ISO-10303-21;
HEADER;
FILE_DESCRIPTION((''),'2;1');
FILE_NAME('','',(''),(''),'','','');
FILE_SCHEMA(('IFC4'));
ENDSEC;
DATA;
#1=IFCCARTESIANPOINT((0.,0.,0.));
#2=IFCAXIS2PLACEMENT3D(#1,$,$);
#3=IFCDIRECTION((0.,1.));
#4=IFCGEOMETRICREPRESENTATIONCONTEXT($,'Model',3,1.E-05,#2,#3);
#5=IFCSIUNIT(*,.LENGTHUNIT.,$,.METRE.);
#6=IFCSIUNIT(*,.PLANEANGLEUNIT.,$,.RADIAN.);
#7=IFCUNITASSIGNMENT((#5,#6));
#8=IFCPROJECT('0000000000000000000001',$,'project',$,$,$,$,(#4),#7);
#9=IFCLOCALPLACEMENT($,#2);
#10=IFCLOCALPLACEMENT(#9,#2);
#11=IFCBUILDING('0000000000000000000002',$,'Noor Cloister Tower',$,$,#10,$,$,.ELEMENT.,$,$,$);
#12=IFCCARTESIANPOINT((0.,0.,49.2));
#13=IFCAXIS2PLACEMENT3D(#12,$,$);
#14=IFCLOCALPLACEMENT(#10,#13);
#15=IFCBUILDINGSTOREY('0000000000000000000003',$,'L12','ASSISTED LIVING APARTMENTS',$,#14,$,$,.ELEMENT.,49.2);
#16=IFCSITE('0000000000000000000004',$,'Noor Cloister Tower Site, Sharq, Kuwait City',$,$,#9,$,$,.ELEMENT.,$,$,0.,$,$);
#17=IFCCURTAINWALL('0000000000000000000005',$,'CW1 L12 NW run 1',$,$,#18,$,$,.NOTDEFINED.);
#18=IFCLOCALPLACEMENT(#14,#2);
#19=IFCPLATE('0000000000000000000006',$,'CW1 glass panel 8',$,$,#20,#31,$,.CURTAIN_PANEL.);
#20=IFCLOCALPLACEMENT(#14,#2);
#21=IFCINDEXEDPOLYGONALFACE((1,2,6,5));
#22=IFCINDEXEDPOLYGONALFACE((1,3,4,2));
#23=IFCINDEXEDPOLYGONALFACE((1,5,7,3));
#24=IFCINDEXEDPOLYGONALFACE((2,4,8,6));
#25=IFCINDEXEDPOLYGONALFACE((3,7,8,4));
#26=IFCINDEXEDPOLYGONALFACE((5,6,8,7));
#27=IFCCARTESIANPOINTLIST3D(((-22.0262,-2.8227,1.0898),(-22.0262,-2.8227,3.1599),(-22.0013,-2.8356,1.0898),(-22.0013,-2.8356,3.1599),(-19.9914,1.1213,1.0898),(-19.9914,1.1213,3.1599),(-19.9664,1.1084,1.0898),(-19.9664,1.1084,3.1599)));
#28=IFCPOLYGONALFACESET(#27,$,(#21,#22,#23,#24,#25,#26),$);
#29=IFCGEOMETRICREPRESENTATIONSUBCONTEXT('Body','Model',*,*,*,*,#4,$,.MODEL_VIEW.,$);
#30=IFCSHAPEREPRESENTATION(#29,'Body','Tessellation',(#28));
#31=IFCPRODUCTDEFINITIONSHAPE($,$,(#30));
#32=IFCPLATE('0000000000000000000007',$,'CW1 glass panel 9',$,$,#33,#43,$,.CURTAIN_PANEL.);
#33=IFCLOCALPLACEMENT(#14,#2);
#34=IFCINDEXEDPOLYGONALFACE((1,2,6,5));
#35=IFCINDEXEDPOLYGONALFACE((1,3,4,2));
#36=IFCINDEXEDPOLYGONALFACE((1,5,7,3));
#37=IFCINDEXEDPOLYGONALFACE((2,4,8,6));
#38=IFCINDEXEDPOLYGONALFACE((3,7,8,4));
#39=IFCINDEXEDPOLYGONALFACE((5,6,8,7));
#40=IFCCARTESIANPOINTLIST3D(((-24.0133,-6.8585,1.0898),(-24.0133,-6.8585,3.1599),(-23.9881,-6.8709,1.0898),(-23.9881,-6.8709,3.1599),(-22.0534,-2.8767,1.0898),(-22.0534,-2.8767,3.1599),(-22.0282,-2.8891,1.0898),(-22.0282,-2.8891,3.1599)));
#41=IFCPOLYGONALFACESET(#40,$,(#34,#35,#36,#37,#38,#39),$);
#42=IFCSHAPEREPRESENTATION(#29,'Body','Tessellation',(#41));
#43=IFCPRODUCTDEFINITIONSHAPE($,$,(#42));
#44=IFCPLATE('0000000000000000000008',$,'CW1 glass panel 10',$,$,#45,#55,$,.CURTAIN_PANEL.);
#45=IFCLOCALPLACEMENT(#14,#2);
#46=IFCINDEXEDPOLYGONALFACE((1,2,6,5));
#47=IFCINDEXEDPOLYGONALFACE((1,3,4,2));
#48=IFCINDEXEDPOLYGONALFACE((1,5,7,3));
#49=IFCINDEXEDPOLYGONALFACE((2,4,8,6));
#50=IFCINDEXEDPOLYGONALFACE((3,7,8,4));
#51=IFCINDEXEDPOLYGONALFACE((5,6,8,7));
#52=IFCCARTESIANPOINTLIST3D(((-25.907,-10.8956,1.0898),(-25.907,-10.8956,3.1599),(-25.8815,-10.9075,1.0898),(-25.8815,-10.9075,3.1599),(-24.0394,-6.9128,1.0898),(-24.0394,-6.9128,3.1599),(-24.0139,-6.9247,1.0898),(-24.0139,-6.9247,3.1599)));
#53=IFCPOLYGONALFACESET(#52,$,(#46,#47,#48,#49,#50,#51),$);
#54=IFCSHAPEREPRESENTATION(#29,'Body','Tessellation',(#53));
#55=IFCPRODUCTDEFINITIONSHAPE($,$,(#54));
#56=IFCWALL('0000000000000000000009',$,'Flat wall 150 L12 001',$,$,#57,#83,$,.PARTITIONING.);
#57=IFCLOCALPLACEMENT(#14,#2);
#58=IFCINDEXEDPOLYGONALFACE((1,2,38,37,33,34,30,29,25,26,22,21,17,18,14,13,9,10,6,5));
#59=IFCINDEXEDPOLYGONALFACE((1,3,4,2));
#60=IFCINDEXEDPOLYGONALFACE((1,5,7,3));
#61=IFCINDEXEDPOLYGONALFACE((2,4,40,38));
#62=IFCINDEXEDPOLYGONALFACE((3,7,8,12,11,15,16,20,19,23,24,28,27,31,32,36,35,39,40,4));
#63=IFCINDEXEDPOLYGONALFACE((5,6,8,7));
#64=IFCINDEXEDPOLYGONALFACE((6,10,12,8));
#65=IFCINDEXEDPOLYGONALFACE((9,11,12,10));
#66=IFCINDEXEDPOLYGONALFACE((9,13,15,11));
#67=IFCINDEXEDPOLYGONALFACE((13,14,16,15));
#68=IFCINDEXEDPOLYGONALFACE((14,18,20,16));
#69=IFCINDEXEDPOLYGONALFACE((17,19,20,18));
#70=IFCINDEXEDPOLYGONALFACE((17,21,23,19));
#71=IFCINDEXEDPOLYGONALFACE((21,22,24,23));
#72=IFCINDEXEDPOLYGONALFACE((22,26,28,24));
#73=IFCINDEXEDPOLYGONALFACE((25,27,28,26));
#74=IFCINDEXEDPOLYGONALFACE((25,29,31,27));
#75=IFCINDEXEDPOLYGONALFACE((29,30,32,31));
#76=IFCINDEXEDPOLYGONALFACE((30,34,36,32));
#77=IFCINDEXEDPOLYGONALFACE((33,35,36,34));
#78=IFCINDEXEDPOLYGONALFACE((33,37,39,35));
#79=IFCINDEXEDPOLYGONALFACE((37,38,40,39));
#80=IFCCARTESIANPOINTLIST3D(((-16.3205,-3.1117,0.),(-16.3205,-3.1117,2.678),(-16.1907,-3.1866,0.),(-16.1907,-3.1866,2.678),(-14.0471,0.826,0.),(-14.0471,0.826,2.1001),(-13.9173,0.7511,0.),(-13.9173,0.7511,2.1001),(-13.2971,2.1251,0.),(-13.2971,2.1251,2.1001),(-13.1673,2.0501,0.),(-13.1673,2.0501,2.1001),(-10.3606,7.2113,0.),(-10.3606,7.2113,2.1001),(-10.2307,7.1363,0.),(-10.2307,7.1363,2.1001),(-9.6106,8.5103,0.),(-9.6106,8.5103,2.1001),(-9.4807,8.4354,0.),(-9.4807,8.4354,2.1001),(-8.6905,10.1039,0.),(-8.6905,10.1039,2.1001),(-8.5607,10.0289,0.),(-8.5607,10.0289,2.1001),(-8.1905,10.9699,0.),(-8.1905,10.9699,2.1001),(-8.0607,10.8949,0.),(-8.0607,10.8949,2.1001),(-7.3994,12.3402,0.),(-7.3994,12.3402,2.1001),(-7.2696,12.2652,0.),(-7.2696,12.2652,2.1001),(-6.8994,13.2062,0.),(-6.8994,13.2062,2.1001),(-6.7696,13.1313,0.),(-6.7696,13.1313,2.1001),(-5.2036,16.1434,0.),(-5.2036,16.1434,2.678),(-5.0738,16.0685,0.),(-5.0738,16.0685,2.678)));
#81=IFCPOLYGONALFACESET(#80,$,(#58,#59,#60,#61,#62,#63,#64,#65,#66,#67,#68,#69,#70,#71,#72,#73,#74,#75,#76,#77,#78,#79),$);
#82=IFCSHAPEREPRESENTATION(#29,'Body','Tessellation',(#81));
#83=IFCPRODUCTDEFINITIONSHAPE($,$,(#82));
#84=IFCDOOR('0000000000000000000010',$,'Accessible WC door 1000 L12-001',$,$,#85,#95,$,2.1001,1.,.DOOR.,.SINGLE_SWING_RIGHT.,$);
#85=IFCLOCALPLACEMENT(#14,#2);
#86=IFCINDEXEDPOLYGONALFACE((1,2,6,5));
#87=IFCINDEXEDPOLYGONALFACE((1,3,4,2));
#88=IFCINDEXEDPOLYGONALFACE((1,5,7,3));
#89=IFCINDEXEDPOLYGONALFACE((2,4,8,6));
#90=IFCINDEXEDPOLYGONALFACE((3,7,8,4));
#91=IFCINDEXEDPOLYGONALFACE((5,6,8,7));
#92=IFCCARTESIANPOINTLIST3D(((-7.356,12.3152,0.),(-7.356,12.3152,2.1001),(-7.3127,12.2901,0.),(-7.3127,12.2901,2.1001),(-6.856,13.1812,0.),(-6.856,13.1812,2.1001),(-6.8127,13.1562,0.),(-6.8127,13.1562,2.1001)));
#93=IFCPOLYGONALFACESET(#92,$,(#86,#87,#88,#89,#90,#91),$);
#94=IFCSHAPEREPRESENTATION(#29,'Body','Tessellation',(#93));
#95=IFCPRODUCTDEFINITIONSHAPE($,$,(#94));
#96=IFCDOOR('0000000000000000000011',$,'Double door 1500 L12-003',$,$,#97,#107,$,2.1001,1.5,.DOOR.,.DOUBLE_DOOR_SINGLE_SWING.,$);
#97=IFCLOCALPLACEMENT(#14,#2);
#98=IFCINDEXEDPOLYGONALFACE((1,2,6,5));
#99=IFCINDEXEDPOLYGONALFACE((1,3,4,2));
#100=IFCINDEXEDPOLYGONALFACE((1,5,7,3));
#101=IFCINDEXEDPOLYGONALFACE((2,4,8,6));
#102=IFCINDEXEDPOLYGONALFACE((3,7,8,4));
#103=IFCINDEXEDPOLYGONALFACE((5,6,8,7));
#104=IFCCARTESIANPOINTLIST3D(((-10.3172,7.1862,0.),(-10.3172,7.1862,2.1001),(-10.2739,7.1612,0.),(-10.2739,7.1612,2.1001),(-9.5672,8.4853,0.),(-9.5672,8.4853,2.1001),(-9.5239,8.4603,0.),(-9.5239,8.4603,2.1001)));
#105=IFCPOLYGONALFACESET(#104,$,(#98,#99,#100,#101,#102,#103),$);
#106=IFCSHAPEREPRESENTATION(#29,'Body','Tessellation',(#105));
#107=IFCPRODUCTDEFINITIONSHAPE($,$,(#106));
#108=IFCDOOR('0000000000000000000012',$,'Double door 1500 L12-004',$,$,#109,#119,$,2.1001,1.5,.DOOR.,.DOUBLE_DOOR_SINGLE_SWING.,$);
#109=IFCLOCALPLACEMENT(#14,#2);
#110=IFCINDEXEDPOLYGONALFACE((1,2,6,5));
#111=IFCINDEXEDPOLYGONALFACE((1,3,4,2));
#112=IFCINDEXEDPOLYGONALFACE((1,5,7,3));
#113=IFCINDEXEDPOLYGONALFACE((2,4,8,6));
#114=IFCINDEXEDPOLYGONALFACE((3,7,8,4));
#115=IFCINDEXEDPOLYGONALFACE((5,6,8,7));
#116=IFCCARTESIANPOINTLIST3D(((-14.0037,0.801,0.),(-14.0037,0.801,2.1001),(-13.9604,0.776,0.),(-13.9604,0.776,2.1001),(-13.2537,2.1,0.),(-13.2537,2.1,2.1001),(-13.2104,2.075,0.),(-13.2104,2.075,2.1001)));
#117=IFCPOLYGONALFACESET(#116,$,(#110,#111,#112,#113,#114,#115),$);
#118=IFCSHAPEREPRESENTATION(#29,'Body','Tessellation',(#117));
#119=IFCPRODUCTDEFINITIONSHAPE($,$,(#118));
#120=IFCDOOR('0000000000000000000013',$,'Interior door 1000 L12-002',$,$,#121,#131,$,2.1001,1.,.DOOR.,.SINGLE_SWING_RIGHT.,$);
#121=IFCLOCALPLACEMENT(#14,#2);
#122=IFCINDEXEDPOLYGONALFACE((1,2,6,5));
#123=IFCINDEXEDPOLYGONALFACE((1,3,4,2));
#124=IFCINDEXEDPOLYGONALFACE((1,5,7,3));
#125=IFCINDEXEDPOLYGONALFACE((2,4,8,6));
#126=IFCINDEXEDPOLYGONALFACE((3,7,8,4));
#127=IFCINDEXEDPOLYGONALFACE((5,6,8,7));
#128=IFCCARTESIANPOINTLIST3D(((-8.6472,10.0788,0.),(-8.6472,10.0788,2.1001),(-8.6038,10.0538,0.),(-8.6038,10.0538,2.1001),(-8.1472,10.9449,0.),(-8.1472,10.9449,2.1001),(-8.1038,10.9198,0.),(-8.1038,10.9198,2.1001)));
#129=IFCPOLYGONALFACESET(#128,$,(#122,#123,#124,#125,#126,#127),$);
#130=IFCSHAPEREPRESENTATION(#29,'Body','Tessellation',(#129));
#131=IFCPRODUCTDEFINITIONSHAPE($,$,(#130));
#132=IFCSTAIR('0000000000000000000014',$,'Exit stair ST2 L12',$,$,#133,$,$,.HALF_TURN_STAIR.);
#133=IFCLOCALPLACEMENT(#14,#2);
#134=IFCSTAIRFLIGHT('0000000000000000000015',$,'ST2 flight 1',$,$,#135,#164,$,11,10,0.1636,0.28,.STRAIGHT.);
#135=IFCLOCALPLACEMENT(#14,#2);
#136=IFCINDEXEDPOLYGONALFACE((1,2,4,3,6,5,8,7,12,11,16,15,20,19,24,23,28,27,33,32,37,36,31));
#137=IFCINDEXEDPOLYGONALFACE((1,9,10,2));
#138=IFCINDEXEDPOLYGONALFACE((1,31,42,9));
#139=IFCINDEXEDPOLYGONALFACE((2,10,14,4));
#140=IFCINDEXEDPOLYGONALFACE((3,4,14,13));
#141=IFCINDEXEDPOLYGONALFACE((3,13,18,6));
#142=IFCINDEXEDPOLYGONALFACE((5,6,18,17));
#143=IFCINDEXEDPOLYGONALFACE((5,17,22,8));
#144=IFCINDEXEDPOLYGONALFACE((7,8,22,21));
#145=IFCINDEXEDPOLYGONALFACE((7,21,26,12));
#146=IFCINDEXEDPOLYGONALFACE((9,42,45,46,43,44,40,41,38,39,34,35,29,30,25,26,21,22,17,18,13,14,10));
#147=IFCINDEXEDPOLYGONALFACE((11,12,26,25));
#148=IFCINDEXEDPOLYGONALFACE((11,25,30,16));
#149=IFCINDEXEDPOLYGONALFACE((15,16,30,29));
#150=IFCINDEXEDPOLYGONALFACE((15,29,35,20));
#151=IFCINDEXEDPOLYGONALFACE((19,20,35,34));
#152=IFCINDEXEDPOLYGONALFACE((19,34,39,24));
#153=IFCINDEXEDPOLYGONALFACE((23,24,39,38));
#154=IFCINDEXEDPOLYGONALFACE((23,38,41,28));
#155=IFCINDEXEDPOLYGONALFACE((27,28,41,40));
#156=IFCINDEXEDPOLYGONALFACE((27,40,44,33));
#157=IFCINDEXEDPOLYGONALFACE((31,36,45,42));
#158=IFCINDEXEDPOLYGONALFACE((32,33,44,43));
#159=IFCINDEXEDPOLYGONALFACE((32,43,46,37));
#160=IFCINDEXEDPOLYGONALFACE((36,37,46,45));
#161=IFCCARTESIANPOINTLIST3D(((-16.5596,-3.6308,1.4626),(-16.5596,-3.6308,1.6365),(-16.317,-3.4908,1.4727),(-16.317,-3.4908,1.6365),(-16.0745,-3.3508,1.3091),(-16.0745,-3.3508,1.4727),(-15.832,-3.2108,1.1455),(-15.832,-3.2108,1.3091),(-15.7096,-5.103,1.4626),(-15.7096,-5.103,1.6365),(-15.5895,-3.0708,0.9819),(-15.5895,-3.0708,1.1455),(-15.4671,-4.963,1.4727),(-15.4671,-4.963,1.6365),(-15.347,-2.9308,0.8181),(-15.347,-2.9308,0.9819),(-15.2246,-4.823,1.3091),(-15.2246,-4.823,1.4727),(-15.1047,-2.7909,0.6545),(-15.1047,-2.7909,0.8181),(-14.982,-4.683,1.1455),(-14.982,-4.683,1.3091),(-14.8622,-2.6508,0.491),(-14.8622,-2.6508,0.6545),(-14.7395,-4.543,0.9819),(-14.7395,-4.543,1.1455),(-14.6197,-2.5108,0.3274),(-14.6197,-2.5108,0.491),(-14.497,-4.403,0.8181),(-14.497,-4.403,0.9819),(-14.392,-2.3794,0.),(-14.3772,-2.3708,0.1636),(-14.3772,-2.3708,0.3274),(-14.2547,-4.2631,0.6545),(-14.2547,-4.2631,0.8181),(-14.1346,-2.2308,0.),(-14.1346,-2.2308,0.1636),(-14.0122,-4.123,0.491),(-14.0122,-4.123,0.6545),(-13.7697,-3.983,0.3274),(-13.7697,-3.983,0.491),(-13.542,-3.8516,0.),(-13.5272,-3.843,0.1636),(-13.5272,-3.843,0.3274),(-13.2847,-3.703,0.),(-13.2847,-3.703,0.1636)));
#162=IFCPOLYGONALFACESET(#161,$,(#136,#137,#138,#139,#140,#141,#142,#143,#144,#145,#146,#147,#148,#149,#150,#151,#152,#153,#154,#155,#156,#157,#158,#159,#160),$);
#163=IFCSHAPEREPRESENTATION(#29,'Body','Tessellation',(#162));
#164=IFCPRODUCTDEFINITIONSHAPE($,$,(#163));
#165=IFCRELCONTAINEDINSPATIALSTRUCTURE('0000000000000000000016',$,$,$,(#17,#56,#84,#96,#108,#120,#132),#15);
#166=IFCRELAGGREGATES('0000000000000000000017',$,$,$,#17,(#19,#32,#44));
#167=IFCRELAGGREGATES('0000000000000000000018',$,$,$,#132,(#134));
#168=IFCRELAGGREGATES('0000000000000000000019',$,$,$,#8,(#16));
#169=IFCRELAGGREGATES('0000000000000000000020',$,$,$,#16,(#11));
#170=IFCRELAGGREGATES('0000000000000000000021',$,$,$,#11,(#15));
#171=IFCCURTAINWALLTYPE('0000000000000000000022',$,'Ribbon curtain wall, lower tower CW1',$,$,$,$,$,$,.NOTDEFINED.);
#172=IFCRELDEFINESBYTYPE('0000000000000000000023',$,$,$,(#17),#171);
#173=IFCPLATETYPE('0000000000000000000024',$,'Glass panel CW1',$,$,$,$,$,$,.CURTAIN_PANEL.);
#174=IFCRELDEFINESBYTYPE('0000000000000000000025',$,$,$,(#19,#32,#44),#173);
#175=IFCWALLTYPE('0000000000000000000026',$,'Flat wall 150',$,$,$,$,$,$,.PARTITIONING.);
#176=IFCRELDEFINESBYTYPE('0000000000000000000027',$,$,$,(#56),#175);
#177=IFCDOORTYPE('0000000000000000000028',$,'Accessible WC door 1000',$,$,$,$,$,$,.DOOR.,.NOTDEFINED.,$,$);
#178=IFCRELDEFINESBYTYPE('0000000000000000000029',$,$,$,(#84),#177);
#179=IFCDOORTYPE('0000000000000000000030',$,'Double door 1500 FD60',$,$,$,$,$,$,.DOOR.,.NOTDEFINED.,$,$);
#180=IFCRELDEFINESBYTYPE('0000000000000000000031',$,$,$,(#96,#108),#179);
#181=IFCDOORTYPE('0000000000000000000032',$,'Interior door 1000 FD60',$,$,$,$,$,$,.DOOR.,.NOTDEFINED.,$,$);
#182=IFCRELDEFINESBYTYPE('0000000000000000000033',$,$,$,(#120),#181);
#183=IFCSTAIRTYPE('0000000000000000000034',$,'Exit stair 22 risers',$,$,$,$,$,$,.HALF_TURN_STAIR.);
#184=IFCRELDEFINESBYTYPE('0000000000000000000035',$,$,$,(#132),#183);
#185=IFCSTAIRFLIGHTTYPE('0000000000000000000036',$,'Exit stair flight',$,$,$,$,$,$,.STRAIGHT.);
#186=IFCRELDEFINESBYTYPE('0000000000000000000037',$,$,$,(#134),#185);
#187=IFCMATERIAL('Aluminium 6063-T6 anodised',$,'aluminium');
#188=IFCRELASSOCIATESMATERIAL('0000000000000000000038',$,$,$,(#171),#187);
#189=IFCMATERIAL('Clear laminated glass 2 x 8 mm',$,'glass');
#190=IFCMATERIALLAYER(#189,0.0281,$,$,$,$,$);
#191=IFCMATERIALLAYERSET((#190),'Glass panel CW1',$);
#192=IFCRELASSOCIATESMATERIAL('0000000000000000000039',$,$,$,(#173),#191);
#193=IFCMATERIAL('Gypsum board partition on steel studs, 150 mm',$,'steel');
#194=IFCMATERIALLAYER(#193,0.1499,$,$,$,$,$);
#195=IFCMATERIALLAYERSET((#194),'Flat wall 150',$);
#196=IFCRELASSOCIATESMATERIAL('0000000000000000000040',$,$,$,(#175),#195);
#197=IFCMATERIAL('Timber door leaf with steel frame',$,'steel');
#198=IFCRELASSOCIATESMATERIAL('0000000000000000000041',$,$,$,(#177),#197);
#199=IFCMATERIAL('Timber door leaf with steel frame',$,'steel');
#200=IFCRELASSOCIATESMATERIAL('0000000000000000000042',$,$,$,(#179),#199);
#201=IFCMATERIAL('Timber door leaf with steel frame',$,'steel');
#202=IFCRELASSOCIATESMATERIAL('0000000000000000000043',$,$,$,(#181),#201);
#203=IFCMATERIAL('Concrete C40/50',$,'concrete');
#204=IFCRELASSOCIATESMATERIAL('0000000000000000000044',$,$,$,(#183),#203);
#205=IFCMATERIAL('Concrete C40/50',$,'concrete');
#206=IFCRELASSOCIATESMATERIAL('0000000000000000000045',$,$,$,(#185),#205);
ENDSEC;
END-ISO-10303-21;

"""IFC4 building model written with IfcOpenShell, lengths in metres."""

from ifc_helpers import new_model, si_unit, direction, frame, frame_2d, origin, origin_2d, place, context, subcontext, project, spatial, polyline, rectangle, outline, extrude, material, layer, layer_set, type_object, element, fill, aggregate, save


model = new_model("IFC4")

# Units and contexts
model_context = context("Model", 3, precision=1e-05, world=origin(), true_north=direction((0.0, 1.0)))
body_context = subcontext(model_context, "Body", "Model", "MODEL_VIEW")
ifc_project = project(units=[si_unit("LENGTHUNIT", "METRE"), si_unit("PLANEANGLEUNIT", "RADIAN")], contexts=[model_context])

# Site, building, storey
site_placement = place(None, origin())
site = spatial("IfcSite", under=ifc_project, at=site_placement, Name="Noor Cloister Tower Site, Sharq, Kuwait City", CompositionType="ELEMENT", RefElevation=0.0)
building_placement = place(site_placement, origin())
building = spatial("IfcBuilding", under=site, at=building_placement, Name="Noor Cloister Tower", CompositionType="ELEMENT")
storey_placement = place(building_placement, frame((0.0, 0.0, 49.2)))
storey = spatial("IfcBuildingStorey", under=building, at=storey_placement, Name="L12", Description="ASSISTED LIVING APARTMENTS", CompositionType="ELEMENT", Elevation=49.2)

# Curtain wall
ifc_material_1 = material(Name="Aluminium 6063-T6 anodised", Category="aluminium")
curtain_wall_type = type_object("IfcCurtainWallType", Name="Ribbon curtain wall, lower tower CW1", PredefinedType="NOTDEFINED", material=ifc_material_1)
curtain_wall_placement = place(storey_placement, origin())
curtain_wall = element("IfcCurtainWall", 1, at=curtain_wall_placement, inside=storey, type_object=curtain_wall_type, Name="CW1 L12 NW run 1", PredefinedType="NOTDEFINED")

# Plates
ifc_material_2 = material(Name="Clear laminated glass 2 x 8 mm", Category="glass")
ifc_layer_1 = layer(ifc_material_2, 0.0281)
ifc_layer_set_1 = layer_set([ifc_layer_1], Name="Glass panel CW1")
plate_type = type_object("IfcPlateType", Name="Glass panel CW1", PredefinedType="CURTAIN_PANEL", material=ifc_layer_set_1)
plate_1_placement = place(storey_placement, frame((-20.9963, -0.8572, 1.0898), z_axis=(0.0, 0.0, 1.0), x_axis=(-0.458502, -0.888693, 0.0)))
plate_1 = element("IfcPlate", 2, at=plate_1_placement, type_object=plate_type, Name="CW1 glass panel 8", PredefinedType="CURTAIN_PANEL", context=body_context, shape_type="SweptSolid", body=[
    extrude(rectangle(XDim=4.438, YDim=0.0281, at=origin_2d()), origin(), (0.0, 0.0, 1.0), 2.0701),
])
plate_2_placement = place(storey_placement, frame((-23.0208, -4.8738, 1.0898), z_axis=(0.0, 0.0, 1.0), x_axis=(-0.441611, -0.897207, 0.0)))
plate_2 = element("IfcPlate", 3, at=plate_2_placement, type_object=plate_type, Name="CW1 glass panel 9", PredefinedType="CURTAIN_PANEL", context=body_context, shape_type="SweptSolid", body=[
    extrude(rectangle(XDim=4.438, YDim=0.0281, at=origin_2d()), origin(), (0.0, 0.0, 1.0), 2.0701),
])
plate_3_placement = place(storey_placement, frame((-24.9604, -8.9102, 1.0898), z_axis=(0.0, 0.0, 1.0), x_axis=(-0.424561, -0.905399, 0.0)))
plate_3 = element("IfcPlate", 4, at=plate_3_placement, type_object=plate_type, Name="CW1 glass panel 10", PredefinedType="CURTAIN_PANEL", context=body_context, shape_type="SweptSolid", body=[
    extrude(rectangle(XDim=4.3989, YDim=0.0281, at=origin_2d()), origin(), (0.0, 0.0, 1.0), 2.0701),
])
aggregate(curtain_wall, [plate_1, plate_2, plate_3])

# Wall, openings, doors
ifc_material_3 = material(Name="Gypsum board partition on steel studs, 150 mm", Category="steel")
ifc_layer_2 = layer(ifc_material_3, 0.1499)
ifc_layer_set_2 = layer_set([ifc_layer_2], Name="Flat wall 150")
wall_type = type_object("IfcWallType", Name="Flat wall 150", PredefinedType="PARTITIONING", material=ifc_layer_set_2)
wall_placement = place(storey_placement, frame((-16.2556, -3.1492, 0.0), z_axis=(0.0, 0.0, 1.0), x_axis=(0.5, 0.866026, 0.0)))
wall = element("IfcWall", 5, at=wall_placement, inside=storey, type_object=wall_type, Name="Flat wall 150 L12 001", PredefinedType="PARTITIONING", context=body_context, shape_type="SweptSolid", body=[
    extrude(rectangle(XDim=22.2339, YDim=0.1499, at=frame_2d((11.1169, 0.0))), origin(), (0.0, 0.0, 1.0), 2.678),
])
opening_1_placement = place(wall_placement, frame((17.8423, 0.0, 0.0)))
opening_1 = element("IfcOpeningElement", 6, at=opening_1_placement, cuts=wall, PredefinedType="OPENING", context=body_context, shape_type="SweptSolid", body=[
    extrude(rectangle(XDim=1.0, YDim=2.1001, at=frame_2d((0.5, 1.05))), frame((0.0, 0.085, 0.0), z_axis=(0.0, -1.0, 0.0), x_axis=(1.0, 0.0, 0.0)), (0.0, 0.0, 1.0), 0.1699),
])
opening_2_placement = place(wall_placement, frame((15.26, 0.0, 0.0)))
opening_2 = element("IfcOpeningElement", 7, at=opening_2_placement, cuts=wall, PredefinedType="OPENING", context=body_context, shape_type="SweptSolid", body=[
    extrude(rectangle(XDim=1.0, YDim=2.1001, at=frame_2d((0.5, 1.05))), frame((0.0, 0.085, 0.0), z_axis=(0.0, -1.0, 0.0), x_axis=(1.0, 0.0, 0.0)), (0.0, 0.0, 1.0), 0.1699),
])
opening_3_placement = place(wall_placement, frame((11.9199, 0.0, 0.0)))
opening_3 = element("IfcOpeningElement", 8, at=opening_3_placement, cuts=wall, PredefinedType="OPENING", context=body_context, shape_type="SweptSolid", body=[
    extrude(rectangle(XDim=1.5, YDim=2.1001, at=frame_2d((0.75, 1.05))), frame((0.0, 0.085, 0.0), z_axis=(0.0, -1.0, 0.0), x_axis=(1.0, 0.0, 0.0)), (0.0, 0.0, 1.0), 0.1699),
])
opening_4_placement = place(wall_placement, frame((4.5469, 0.0, 0.0)))
opening_4 = element("IfcOpeningElement", 9, at=opening_4_placement, cuts=wall, PredefinedType="OPENING", context=body_context, shape_type="SweptSolid", body=[
    extrude(rectangle(XDim=1.5, YDim=2.1001, at=frame_2d((0.75, 1.05))), frame((0.0, 0.085, 0.0), z_axis=(0.0, -1.0, 0.0), x_axis=(1.0, 0.0, 0.0)), (0.0, 0.0, 1.0), 0.1699),
])
ifc_material_4 = material(Name="Timber door leaf with steel frame", Category="steel")
door_type_1 = type_object("IfcDoorType", Name="Accessible WC door 1000", OperationType="NOTDEFINED", PredefinedType="DOOR", material=ifc_material_4)
door_1_placement = place(opening_1_placement, origin())
door_1 = element("IfcDoor", 10, at=door_1_placement, inside=storey, type_object=door_type_1, Name="Accessible WC door 1000 L12-001", OperationType="SINGLE_SWING_RIGHT", OverallHeight=2.1001, OverallWidth=1.0, PredefinedType="DOOR", context=body_context, shape_type="SweptSolid", body=[
    extrude(rectangle(XDim=1.0, YDim=2.1001, at=frame_2d((0.5, 1.05))), frame((0.0, 0.0249, 0.0), z_axis=(0.0, -1.0, 0.0), x_axis=(1.0, 0.0, 0.0)), (0.0, 0.0, 1.0), 0.05),
])
fill(opening_1, door_1)
ifc_material_5 = material(Name="Timber door leaf with steel frame", Category="steel")
door_type_2 = type_object("IfcDoorType", Name="Double door 1500 FD60", OperationType="NOTDEFINED", PredefinedType="DOOR", material=ifc_material_5)
door_2_placement = place(opening_3_placement, origin())
door_2 = element("IfcDoor", 11, at=door_2_placement, inside=storey, type_object=door_type_2, Name="Double door 1500 L12-003", OperationType="DOUBLE_DOOR_SINGLE_SWING", OverallHeight=2.1001, OverallWidth=1.5, PredefinedType="DOOR", context=body_context, shape_type="SweptSolid", body=[
    extrude(rectangle(XDim=1.5, YDim=2.1001, at=frame_2d((0.75, 1.05))), frame((0.0, 0.0249, 0.0), z_axis=(0.0, -1.0, 0.0), x_axis=(1.0, 0.0, 0.0)), (0.0, 0.0, 1.0), 0.05),
])
fill(opening_3, door_2)
door_3_placement = place(opening_4_placement, origin())
door_3 = element("IfcDoor", 12, at=door_3_placement, inside=storey, type_object=door_type_2, Name="Double door 1500 L12-004", OperationType="DOUBLE_DOOR_SINGLE_SWING", OverallHeight=2.1001, OverallWidth=1.5, PredefinedType="DOOR", context=body_context, shape_type="SweptSolid", body=[
    extrude(rectangle(XDim=1.5, YDim=2.1001, at=frame_2d((0.75, 1.05))), frame((0.0, 0.0249, 0.0), z_axis=(0.0, -1.0, 0.0), x_axis=(1.0, 0.0, 0.0)), (0.0, 0.0, 1.0), 0.05),
])
fill(opening_4, door_3)
ifc_material_6 = material(Name="Timber door leaf with steel frame", Category="steel")
door_type_3 = type_object("IfcDoorType", Name="Interior door 1000 FD60", OperationType="NOTDEFINED", PredefinedType="DOOR", material=ifc_material_6)
door_4_placement = place(opening_2_placement, origin())
door_4 = element("IfcDoor", 13, at=door_4_placement, inside=storey, type_object=door_type_3, Name="Interior door 1000 L12-002", OperationType="SINGLE_SWING_RIGHT", OverallHeight=2.1001, OverallWidth=1.0, PredefinedType="DOOR", context=body_context, shape_type="SweptSolid", body=[
    extrude(rectangle(XDim=1.0, YDim=2.1001, at=frame_2d((0.5, 1.05))), frame((0.0, 0.0249, 0.0), z_axis=(0.0, -1.0, 0.0), x_axis=(1.0, 0.0, 0.0)), (0.0, 0.0, 1.0), 0.05),
])
fill(opening_2, door_4)

# Stair, stair flight
ifc_material_7 = material(Name="Concrete C40/50", Category="concrete")
stair_type = type_object("IfcStairType", Name="Exit stair 22 risers", PredefinedType="HALF_TURN_STAIR", material=ifc_material_7)
stair_placement = place(storey_placement, origin())
stair = element("IfcStair", 14, at=stair_placement, inside=storey, type_object=stair_type, Name="Exit stair ST2 L12", PredefinedType="HALF_TURN_STAIR")
ifc_material_8 = material(Name="Concrete C40/50", Category="concrete")
stair_flight_type = type_object("IfcStairFlightType", Name="Exit stair flight", PredefinedType="STRAIGHT", material=ifc_material_8)
stair_flight_1_placement = place(storey_placement, frame((-13.7097, -2.9668, 0.0), z_axis=(0.0, 0.0, 1.0), x_axis=(-0.866025, -0.5, 0.0)))
stair_flight_1 = element("IfcStairFlight", 15, at=stair_flight_1_placement, type_object=stair_flight_type, Name="ST2 flight 1", NumberOfRisers=11, NumberOfTreads=10, PredefinedType="STRAIGHT", RiserHeight=0.1636, TreadLength=0.28, context=body_context, shape_type="SweptSolid", body=[
    extrude(outline(polyline([(0.0, 0.0), (0.0, 0.1636), (0.28, 0.1636), (0.28, 0.3274), (0.5601, 0.3274), (0.5601, 0.491), (0.8401, 0.491), (0.8401, 0.6545), (1.1201, 0.6545), (1.1201, 0.8181), (1.3999, 0.8181), (1.3999, 0.9819), (1.6799, 0.9819), (1.6799, 1.1455), (1.96, 1.1455), (1.96, 1.3091), (2.24, 1.3091), (2.24, 1.4727), (2.52, 1.4727), (2.52, 1.6365), (2.8, 1.6365), (2.8, 1.8), (2.8, 1.4626), (0.2971, 0.0), (0.0, 0.0)])), frame((0.0, 0.8501, 0.0), z_axis=(0.0, -1.0, 0.0), x_axis=(1.0, 0.0, 0.0)), (0.0, 0.0, 1.0), 1.7),
])
aggregate(stair, [stair_flight_1])

save(model, "model.ifc")
